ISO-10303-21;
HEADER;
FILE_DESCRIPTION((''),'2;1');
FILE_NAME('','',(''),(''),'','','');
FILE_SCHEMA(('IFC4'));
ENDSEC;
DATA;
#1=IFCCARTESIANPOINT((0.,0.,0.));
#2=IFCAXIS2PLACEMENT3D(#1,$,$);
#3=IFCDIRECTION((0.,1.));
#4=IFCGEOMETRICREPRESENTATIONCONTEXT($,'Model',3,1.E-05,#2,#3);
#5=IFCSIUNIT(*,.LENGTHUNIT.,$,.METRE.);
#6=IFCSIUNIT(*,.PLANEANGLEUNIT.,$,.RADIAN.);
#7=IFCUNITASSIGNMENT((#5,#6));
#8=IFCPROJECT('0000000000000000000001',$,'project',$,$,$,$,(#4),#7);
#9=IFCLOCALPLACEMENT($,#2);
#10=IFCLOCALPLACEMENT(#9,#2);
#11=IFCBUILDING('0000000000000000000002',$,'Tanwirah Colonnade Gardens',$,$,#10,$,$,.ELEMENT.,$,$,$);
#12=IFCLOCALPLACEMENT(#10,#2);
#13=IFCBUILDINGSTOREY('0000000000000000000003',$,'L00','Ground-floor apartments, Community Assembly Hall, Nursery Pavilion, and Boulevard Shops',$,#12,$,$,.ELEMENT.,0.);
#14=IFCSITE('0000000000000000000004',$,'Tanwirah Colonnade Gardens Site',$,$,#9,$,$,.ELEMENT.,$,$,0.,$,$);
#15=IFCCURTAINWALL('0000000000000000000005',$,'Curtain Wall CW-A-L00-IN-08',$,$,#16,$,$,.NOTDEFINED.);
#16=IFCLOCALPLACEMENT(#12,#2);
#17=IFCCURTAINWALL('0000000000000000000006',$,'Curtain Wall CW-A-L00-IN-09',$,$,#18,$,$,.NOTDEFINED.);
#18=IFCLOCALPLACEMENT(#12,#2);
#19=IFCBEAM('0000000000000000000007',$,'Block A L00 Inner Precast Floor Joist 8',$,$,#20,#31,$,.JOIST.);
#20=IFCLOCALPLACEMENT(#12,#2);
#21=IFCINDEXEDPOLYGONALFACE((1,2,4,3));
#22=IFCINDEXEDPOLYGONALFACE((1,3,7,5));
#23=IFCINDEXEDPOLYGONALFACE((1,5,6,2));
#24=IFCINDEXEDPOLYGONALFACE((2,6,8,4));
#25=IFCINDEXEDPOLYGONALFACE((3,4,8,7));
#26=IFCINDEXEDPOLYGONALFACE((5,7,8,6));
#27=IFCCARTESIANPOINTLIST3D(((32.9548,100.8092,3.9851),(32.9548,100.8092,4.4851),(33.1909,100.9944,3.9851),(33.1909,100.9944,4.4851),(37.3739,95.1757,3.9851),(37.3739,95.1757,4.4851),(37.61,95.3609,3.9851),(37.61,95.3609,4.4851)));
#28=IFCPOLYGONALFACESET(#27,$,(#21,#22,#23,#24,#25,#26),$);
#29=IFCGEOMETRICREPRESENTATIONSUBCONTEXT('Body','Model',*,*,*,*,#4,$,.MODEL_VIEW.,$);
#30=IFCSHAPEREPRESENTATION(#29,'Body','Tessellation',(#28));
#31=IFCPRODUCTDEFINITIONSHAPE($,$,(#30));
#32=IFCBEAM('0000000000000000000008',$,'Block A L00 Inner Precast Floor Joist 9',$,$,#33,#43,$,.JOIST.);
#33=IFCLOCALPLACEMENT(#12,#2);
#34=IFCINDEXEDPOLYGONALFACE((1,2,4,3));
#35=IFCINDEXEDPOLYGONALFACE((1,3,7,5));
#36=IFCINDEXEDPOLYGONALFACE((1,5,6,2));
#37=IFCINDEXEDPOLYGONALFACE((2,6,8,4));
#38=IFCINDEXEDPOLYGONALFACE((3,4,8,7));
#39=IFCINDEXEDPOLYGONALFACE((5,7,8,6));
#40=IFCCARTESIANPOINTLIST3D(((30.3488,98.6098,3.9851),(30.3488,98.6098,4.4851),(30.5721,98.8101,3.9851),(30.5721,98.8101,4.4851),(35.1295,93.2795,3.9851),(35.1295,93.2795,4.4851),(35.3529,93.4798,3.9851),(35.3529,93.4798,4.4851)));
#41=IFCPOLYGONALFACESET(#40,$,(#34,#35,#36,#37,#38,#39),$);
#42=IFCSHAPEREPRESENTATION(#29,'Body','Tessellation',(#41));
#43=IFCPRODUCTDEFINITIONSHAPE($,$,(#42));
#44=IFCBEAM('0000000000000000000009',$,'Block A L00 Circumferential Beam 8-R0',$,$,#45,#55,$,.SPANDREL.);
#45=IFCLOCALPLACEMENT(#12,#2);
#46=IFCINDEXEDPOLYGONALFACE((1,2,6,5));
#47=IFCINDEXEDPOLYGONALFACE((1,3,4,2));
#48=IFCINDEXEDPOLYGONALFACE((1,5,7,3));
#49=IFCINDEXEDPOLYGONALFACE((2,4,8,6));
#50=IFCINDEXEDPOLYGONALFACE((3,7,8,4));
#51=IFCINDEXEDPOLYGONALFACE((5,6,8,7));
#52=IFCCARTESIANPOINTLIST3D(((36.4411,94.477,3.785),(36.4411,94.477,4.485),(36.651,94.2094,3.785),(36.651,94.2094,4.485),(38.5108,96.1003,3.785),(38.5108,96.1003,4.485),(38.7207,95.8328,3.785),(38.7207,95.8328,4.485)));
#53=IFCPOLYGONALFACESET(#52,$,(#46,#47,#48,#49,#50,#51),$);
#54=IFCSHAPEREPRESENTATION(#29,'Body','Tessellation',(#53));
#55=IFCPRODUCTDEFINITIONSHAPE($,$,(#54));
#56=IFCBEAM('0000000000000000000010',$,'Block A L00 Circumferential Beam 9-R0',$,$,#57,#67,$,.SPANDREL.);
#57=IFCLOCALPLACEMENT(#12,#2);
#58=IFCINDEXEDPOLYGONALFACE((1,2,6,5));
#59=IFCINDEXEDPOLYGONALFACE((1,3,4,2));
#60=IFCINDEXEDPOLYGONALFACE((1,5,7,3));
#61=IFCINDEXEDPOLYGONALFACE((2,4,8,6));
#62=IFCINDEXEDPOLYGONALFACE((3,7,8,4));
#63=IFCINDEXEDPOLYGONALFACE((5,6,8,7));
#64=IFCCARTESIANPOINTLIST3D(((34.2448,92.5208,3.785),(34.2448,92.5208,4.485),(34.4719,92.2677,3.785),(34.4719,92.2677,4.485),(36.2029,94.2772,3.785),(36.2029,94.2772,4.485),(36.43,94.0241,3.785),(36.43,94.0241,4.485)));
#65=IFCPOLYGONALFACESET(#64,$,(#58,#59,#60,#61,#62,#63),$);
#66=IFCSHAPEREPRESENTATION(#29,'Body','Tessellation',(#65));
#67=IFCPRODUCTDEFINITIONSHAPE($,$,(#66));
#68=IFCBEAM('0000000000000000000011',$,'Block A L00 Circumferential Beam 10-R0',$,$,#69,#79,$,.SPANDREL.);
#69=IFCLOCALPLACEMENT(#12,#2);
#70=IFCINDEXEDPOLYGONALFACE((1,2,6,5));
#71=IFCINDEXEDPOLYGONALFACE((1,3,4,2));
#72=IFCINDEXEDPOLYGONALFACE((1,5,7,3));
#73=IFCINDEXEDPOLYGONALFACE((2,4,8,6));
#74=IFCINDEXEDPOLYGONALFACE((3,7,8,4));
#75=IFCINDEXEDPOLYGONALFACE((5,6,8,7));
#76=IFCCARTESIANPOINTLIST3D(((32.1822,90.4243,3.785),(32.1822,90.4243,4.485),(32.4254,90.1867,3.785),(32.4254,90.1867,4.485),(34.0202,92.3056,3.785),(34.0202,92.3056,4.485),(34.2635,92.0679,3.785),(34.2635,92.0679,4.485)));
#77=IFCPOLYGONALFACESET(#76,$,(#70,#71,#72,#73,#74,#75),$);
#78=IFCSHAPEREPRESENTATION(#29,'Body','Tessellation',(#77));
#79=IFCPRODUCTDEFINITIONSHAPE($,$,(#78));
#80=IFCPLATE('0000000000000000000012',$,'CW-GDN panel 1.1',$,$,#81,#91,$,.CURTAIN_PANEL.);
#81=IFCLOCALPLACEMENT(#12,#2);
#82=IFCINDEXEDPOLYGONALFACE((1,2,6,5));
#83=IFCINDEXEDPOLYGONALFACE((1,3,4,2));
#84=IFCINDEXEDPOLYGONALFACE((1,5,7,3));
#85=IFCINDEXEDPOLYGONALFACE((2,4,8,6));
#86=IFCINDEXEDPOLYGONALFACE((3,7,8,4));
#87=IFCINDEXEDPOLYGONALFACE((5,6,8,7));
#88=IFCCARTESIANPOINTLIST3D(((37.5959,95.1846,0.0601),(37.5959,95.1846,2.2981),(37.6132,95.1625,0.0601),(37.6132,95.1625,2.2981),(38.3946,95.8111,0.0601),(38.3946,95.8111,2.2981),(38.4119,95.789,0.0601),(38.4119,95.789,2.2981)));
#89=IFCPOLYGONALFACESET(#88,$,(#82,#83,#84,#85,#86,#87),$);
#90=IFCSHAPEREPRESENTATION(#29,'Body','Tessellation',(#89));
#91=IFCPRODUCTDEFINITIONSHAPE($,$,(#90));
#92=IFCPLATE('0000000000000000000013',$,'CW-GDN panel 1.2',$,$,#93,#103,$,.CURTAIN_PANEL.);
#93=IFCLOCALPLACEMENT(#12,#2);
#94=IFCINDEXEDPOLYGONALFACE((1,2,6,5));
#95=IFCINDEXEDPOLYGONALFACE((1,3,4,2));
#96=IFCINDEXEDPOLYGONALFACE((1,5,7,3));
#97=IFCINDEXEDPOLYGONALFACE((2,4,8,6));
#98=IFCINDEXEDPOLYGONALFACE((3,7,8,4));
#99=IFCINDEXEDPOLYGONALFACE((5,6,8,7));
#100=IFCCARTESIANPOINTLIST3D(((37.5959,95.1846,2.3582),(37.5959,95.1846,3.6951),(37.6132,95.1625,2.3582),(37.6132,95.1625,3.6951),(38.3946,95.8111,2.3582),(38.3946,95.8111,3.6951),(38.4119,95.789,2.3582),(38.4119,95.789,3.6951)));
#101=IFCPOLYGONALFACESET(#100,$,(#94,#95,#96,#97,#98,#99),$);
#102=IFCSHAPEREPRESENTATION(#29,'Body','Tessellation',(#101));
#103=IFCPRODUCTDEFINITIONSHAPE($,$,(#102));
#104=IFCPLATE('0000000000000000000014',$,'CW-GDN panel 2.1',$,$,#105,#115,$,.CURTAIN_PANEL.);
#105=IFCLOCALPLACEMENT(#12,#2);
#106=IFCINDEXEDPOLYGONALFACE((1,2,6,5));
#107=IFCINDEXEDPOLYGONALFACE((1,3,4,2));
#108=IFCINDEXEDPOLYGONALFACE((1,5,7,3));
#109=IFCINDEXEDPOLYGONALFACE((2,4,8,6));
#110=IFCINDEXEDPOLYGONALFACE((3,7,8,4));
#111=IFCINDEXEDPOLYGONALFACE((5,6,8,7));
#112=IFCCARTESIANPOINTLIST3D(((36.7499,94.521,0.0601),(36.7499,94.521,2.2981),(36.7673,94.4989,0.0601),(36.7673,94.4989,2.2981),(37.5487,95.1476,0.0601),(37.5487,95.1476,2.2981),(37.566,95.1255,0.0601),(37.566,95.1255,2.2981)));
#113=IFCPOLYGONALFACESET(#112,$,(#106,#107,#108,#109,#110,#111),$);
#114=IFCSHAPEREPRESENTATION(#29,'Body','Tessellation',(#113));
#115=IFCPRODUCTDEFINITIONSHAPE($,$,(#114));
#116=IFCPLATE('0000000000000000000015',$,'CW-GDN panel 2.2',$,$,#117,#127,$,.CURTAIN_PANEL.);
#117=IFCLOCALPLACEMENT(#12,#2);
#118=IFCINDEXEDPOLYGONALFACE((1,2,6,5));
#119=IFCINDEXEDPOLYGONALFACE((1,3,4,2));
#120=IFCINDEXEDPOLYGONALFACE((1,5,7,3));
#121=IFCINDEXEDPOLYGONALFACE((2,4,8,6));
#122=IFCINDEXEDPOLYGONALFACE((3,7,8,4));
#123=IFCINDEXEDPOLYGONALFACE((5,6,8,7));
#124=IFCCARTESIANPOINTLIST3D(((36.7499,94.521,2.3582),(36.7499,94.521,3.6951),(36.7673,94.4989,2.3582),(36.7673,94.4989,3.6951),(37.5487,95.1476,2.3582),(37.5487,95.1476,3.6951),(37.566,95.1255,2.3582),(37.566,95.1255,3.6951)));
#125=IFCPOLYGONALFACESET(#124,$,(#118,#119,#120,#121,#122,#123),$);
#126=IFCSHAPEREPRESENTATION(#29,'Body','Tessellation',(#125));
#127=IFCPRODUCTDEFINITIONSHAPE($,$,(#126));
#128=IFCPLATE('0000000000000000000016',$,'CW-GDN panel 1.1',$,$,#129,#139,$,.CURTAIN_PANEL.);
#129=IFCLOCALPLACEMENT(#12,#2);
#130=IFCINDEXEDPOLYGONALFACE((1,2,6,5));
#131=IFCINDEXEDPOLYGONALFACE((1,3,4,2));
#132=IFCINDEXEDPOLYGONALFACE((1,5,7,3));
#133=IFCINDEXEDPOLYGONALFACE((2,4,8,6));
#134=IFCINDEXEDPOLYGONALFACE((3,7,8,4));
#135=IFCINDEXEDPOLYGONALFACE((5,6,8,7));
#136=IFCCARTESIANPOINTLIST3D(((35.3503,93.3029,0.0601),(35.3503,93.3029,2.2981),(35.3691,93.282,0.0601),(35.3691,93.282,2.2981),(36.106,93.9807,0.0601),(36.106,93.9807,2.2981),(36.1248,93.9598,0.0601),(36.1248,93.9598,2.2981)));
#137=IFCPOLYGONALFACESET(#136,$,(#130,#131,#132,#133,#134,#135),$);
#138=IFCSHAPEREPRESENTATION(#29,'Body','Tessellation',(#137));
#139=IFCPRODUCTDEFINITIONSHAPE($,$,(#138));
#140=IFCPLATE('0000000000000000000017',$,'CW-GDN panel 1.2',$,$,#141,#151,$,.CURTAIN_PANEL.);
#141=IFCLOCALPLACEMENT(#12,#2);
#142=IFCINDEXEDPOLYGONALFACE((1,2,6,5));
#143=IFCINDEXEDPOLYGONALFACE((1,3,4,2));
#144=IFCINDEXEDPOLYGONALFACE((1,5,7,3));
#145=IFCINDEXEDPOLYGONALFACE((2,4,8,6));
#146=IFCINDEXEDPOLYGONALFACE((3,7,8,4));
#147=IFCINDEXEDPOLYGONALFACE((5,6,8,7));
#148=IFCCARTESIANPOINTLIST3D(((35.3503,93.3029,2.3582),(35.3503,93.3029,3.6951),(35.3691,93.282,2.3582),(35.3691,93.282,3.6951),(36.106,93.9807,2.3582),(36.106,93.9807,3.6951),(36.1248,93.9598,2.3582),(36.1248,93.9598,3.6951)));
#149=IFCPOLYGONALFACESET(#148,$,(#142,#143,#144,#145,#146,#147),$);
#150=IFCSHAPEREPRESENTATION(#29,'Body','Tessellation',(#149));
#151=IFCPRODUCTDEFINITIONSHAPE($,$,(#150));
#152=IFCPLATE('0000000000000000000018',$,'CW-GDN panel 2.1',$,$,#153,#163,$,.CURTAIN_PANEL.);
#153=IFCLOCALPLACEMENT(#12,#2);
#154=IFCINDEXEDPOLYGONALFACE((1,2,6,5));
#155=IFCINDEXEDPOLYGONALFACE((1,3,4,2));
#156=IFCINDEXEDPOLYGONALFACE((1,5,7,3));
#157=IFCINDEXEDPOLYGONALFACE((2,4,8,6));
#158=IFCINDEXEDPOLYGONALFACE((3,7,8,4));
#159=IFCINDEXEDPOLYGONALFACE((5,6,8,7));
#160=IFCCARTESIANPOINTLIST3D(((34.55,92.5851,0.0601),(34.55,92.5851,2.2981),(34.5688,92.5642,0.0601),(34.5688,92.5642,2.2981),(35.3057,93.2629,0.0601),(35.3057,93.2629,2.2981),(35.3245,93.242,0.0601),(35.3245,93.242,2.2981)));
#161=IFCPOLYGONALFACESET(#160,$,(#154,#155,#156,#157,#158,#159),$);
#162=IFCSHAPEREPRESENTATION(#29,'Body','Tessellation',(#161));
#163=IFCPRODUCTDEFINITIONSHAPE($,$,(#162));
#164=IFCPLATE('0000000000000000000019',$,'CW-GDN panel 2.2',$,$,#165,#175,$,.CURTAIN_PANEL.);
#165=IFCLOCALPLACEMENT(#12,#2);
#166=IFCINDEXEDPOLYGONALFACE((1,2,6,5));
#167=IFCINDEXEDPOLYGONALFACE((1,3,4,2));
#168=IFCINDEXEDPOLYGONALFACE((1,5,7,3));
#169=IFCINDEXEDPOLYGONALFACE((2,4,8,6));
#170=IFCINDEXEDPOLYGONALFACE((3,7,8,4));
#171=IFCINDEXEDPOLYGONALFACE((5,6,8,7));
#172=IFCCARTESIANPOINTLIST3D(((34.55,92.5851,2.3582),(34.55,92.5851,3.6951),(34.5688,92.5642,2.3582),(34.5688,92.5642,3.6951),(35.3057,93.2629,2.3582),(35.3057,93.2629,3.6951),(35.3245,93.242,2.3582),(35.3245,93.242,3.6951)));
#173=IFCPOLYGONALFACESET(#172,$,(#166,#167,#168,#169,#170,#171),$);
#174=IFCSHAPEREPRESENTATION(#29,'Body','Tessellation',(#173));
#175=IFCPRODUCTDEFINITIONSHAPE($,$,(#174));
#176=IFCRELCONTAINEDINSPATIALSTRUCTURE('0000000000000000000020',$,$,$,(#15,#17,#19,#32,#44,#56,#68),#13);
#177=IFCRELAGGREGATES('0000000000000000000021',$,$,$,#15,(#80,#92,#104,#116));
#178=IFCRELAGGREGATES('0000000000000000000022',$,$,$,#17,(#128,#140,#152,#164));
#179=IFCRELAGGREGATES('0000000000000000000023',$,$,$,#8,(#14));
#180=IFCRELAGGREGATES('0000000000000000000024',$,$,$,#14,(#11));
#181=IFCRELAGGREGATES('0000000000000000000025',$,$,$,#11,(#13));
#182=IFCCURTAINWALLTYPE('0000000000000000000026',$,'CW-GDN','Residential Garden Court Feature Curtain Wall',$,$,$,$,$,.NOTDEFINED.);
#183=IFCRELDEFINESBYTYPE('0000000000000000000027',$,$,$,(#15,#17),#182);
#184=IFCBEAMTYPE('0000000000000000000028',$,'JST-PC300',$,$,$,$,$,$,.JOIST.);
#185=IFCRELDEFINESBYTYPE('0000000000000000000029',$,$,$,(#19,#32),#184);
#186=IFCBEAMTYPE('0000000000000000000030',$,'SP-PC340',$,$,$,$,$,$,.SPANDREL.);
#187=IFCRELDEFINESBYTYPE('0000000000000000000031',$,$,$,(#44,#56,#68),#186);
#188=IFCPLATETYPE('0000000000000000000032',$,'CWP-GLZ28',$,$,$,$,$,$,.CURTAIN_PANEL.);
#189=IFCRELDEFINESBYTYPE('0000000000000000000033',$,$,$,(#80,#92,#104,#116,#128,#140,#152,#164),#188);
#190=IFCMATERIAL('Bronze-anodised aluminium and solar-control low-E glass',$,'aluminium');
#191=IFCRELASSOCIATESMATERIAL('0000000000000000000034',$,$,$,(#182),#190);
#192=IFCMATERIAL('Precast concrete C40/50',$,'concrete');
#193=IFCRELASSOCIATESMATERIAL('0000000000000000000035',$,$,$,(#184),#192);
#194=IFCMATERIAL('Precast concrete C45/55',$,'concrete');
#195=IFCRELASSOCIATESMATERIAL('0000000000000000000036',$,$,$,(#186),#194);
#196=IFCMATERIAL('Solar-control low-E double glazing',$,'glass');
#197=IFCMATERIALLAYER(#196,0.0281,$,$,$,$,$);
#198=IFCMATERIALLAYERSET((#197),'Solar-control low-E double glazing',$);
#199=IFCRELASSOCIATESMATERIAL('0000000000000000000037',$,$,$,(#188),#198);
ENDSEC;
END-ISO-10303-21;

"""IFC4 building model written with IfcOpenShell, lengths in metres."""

from ifc_helpers import new_model, si_unit, direction, frame, origin, origin_2d, place, context, subcontext, project, spatial, rectangle, extrude, material, layer, layer_set, material_profile, profile_set, type_object, element, aggregate, save


model = new_model("IFC4")

# Units and contexts
model_context = context("Model", 3, precision=1e-05, world=origin(), true_north=direction((0.0, 1.0)))
body_context = subcontext(model_context, "Body", "Model", "MODEL_VIEW")
ifc_project = project(units=[si_unit("LENGTHUNIT", "METRE"), si_unit("PLANEANGLEUNIT", "RADIAN")], contexts=[model_context])

# Site, building, storey
site_placement = place(None, origin())
site = spatial("IfcSite", under=ifc_project, at=site_placement, Name="Tanwirah Colonnade Gardens Site", CompositionType="ELEMENT", RefElevation=0.0)
building_placement = place(site_placement, origin())
building = spatial("IfcBuilding", under=site, at=building_placement, Name="Tanwirah Colonnade Gardens", CompositionType="ELEMENT")
storey_placement = place(building_placement, origin())
storey = spatial("IfcBuildingStorey", under=building, at=storey_placement, Name="L00", Description="Ground-floor apartments, Community Assembly Hall, Nursery Pavilion, and Boulevard Shops", CompositionType="ELEMENT", Elevation=0.0)

# Shared definitions
ifc_material_1 = material(Name="Precast concrete C45/55", Category="concrete")

# Curtain walls
ifc_material_2 = material(Name="Bronze-anodised aluminium and solar-control low-E glass", Category="aluminium")
curtain_wall_type = type_object("IfcCurtainWallType", Name="CW-GDN", Description="Residential Garden Court Feature Curtain Wall", PredefinedType="NOTDEFINED", material=ifc_material_2)
curtain_wall_1_placement = place(storey_placement, origin())
curtain_wall_1 = element("IfcCurtainWall", 1, at=curtain_wall_1_placement, inside=storey, type_object=curtain_wall_type, Name="Curtain Wall CW-A-L00-IN-08", PredefinedType="NOTDEFINED")
curtain_wall_2_placement = place(storey_placement, origin())
curtain_wall_2 = element("IfcCurtainWall", 2, at=curtain_wall_2_placement, inside=storey, type_object=curtain_wall_type, Name="Curtain Wall CW-A-L00-IN-09", PredefinedType="NOTDEFINED")

# Beams
ifc_material_3 = material(Name="Precast concrete C40/50", Category="concrete")
ifc_material_profile_1 = material_profile(ifc_material_3, rectangle(XDim=0.3, YDim=0.5, at=origin_2d()), Name="PC-JST 300x500")
ifc_profile_set_1 = profile_set([ifc_material_profile_1], Name="Precast concrete C40/50")
beam_type_1 = type_object("IfcBeamType", Name="JST-PC300", PredefinedType="JOIST", material=ifc_profile_set_1)
for number, where, z_axis, x_axis, name in (
    (3, (37.4919, 95.2683, 4.2351), (-0.617202, 0.786804, 0.0), (-0.786804, -0.617202, 0.0), "Block A L00 Inner Precast Floor Joist 8"),
):
    element("IfcBeam", number, at=place(storey_placement, frame(where, z_axis=z_axis, x_axis=x_axis)), inside=storey, type_object=beam_type_1, Name=name, PredefinedType="JOIST", context=body_context, shape_type="SweptSolid", body=[
        extrude(rectangle(XDim=0.3, YDim=0.5, at=origin_2d()), origin(), (0.0, 0.0, 1.0), 7.1599),
    ])
beam_1_placement = place(storey_placement, frame((35.2412, 93.3796, 4.2351), z_axis=(-0.667688, 0.744441, 0.0), x_axis=(-0.744441, -0.667688, 0.0)))
element("IfcBeam", 4, at=beam_1_placement, inside=storey, type_object=beam_type_1, Name="Block A L00 Inner Precast Floor Joist 9", PredefinedType="JOIST", context=body_context, shape_type="SweptSolid", body=[
    extrude(rectangle(XDim=0.3, YDim=0.5, at=origin_2d()), origin(), (0.0, 0.0, 1.0), 7.1602),
])
ifc_material_profile_2 = material_profile(ifc_material_1, rectangle(XDim=0.3401, YDim=0.7, at=origin_2d()), Name="PC-SP 340x700")
ifc_profile_set_2 = profile_set([ifc_material_profile_2], Name="Precast concrete C45/55")
beam_type_2 = type_object("IfcBeamType", Name="SP-PC340", PredefinedType="SPANDREL", material=ifc_profile_set_2)
for number, where, z_axis, x_axis, name in (
    (5, (38.6157, 95.9666, 4.135), (-0.786837, -0.617161, 0.0), (0.617161, -0.786837, 0.0), "Block A L00 Circumferential Beam 8-R0"),
    (6, (36.3164, 94.1506, 4.135), (-0.744401, -0.667733, 0.0), (0.667733, -0.744401, 0.0), "Block A L00 Circumferential Beam 9-R0"),
):
    element("IfcBeam", number, at=place(storey_placement, frame(where, z_axis=z_axis, x_axis=x_axis)), inside=storey, type_object=beam_type_2, Name=name, PredefinedType="SPANDREL", context=body_context, shape_type="SweptSolid", body=[
        extrude(rectangle(XDim=0.3401, YDim=0.7, at=origin_2d()), origin(), (0.0, 0.0, 1.0), 2.6304),
    ])
beam_2_placement = place(storey_placement, frame((34.1418, 92.1868, 4.135), z_axis=(-0.698844, -0.715274, 0.0), x_axis=(0.715274, -0.698844, 0.0)))
element("IfcBeam", 7, at=beam_2_placement, inside=storey, type_object=beam_type_2, Name="Block A L00 Circumferential Beam 10-R0", PredefinedType="SPANDREL", context=body_context, shape_type="SweptSolid", body=[
    extrude(rectangle(XDim=0.3401, YDim=0.7, at=origin_2d()), origin(), (0.0, 0.0, 1.0), 2.6301),
])

# Plates
ifc_material_4 = material(Name="Solar-control low-E double glazing", Category="glass")
ifc_layer_1 = layer(ifc_material_4, 0.0281)
ifc_layer_set_1 = layer_set([ifc_layer_1], Name="Solar-control low-E double glazing")
plate_type = type_object("IfcPlateType", Name="CWP-GLZ28", PredefinedType="CURTAIN_PANEL", material=ifc_layer_set_1)
plate_1_placement = place(storey_placement, frame((38.0039, 95.4868, 0.0601), z_axis=(0.0, 0.0, 1.0), x_axis=(-0.786815, -0.617189, 0.0)))
plate_1 = element("IfcPlate", 8, at=plate_1_placement, type_object=plate_type, Name="CW-GDN panel 1.1", PredefinedType="CURTAIN_PANEL", context=body_context, shape_type="SweptSolid", body=[
    extrude(rectangle(XDim=1.0151, YDim=0.0281, at=origin_2d()), origin(), (0.0, 0.0, 1.0), 2.238),
])
plate_2_placement = place(storey_placement, frame((38.0039, 95.4868, 2.3582), z_axis=(0.0, 0.0, 1.0), x_axis=(-0.786815, -0.617189, 0.0)))
plate_2 = element("IfcPlate", 9, at=plate_2_placement, type_object=plate_type, Name="CW-GDN panel 1.2", PredefinedType="CURTAIN_PANEL", context=body_context, shape_type="SweptSolid", body=[
    extrude(rectangle(XDim=1.0151, YDim=0.0281, at=origin_2d()), origin(), (0.0, 0.0, 1.0), 1.3369),
])
plate_3_placement = place(storey_placement, frame((37.158, 94.8232, 0.0601), z_axis=(0.0, 0.0, 1.0), x_axis=(-0.786815, -0.617189, 0.0)))
plate_3 = element("IfcPlate", 10, at=plate_3_placement, type_object=plate_type, Name="CW-GDN panel 2.1", PredefinedType="CURTAIN_PANEL", context=body_context, shape_type="SweptSolid", body=[
    extrude(rectangle(XDim=1.0151, YDim=0.0281, at=origin_2d()), origin(), (0.0, 0.0, 1.0), 2.238),
])
plate_4_placement = place(storey_placement, frame((37.158, 94.8232, 2.3582), z_axis=(0.0, 0.0, 1.0), x_axis=(-0.786815, -0.617189, 0.0)))
plate_4 = element("IfcPlate", 11, at=plate_4_placement, type_object=plate_type, Name="CW-GDN panel 2.2", PredefinedType="CURTAIN_PANEL", context=body_context, shape_type="SweptSolid", body=[
    extrude(rectangle(XDim=1.0151, YDim=0.0281, at=origin_2d()), origin(), (0.0, 0.0, 1.0), 1.3369),
])
aggregate(curtain_wall_1, [plate_1, plate_2, plate_3, plate_4])
plate_5_placement = place(storey_placement, frame((35.7375, 93.6313, 0.0601), z_axis=(0.0, 0.0, 1.0), x_axis=(-0.74444, -0.667689, 0.0)))
plate_5 = element("IfcPlate", 12, at=plate_5_placement, type_object=plate_type, Name="CW-GDN panel 1.1", PredefinedType="CURTAIN_PANEL", context=body_context, shape_type="SweptSolid", body=[
    extrude(rectangle(XDim=1.0151, YDim=0.0281, at=origin_2d()), origin(), (0.0, 0.0, 1.0), 2.238),
])
plate_6_placement = place(storey_placement, frame((35.7375, 93.6313, 2.3582), z_axis=(0.0, 0.0, 1.0), x_axis=(-0.74444, -0.667689, 0.0)))
plate_6 = element("IfcPlate", 13, at=plate_6_placement, type_object=plate_type, Name="CW-GDN panel 1.2", PredefinedType="CURTAIN_PANEL", context=body_context, shape_type="SweptSolid", body=[
    extrude(rectangle(XDim=1.0151, YDim=0.0281, at=origin_2d()), origin(), (0.0, 0.0, 1.0), 1.3369),
])
plate_7_placement = place(storey_placement, frame((34.9373, 92.9136, 0.0601), z_axis=(0.0, 0.0, 1.0), x_axis=(-0.74444, -0.667689, 0.0)))
plate_7 = element("IfcPlate", 14, at=plate_7_placement, type_object=plate_type, Name="CW-GDN panel 2.1", PredefinedType="CURTAIN_PANEL", context=body_context, shape_type="SweptSolid", body=[
    extrude(rectangle(XDim=1.0151, YDim=0.0281, at=origin_2d()), origin(), (0.0, 0.0, 1.0), 2.238),
])
plate_8_placement = place(storey_placement, frame((34.9373, 92.9136, 2.3582), z_axis=(0.0, 0.0, 1.0), x_axis=(-0.74444, -0.667689, 0.0)))
plate_8 = element("IfcPlate", 15, at=plate_8_placement, type_object=plate_type, Name="CW-GDN panel 2.2", PredefinedType="CURTAIN_PANEL", context=body_context, shape_type="SweptSolid", body=[
    extrude(rectangle(XDim=1.0151, YDim=0.0281, at=origin_2d()), origin(), (0.0, 0.0, 1.0), 1.3369),
])
aggregate(curtain_wall_2, [plate_5, plate_6, plate_7, plate_8])

save(model, "model.ifc")
